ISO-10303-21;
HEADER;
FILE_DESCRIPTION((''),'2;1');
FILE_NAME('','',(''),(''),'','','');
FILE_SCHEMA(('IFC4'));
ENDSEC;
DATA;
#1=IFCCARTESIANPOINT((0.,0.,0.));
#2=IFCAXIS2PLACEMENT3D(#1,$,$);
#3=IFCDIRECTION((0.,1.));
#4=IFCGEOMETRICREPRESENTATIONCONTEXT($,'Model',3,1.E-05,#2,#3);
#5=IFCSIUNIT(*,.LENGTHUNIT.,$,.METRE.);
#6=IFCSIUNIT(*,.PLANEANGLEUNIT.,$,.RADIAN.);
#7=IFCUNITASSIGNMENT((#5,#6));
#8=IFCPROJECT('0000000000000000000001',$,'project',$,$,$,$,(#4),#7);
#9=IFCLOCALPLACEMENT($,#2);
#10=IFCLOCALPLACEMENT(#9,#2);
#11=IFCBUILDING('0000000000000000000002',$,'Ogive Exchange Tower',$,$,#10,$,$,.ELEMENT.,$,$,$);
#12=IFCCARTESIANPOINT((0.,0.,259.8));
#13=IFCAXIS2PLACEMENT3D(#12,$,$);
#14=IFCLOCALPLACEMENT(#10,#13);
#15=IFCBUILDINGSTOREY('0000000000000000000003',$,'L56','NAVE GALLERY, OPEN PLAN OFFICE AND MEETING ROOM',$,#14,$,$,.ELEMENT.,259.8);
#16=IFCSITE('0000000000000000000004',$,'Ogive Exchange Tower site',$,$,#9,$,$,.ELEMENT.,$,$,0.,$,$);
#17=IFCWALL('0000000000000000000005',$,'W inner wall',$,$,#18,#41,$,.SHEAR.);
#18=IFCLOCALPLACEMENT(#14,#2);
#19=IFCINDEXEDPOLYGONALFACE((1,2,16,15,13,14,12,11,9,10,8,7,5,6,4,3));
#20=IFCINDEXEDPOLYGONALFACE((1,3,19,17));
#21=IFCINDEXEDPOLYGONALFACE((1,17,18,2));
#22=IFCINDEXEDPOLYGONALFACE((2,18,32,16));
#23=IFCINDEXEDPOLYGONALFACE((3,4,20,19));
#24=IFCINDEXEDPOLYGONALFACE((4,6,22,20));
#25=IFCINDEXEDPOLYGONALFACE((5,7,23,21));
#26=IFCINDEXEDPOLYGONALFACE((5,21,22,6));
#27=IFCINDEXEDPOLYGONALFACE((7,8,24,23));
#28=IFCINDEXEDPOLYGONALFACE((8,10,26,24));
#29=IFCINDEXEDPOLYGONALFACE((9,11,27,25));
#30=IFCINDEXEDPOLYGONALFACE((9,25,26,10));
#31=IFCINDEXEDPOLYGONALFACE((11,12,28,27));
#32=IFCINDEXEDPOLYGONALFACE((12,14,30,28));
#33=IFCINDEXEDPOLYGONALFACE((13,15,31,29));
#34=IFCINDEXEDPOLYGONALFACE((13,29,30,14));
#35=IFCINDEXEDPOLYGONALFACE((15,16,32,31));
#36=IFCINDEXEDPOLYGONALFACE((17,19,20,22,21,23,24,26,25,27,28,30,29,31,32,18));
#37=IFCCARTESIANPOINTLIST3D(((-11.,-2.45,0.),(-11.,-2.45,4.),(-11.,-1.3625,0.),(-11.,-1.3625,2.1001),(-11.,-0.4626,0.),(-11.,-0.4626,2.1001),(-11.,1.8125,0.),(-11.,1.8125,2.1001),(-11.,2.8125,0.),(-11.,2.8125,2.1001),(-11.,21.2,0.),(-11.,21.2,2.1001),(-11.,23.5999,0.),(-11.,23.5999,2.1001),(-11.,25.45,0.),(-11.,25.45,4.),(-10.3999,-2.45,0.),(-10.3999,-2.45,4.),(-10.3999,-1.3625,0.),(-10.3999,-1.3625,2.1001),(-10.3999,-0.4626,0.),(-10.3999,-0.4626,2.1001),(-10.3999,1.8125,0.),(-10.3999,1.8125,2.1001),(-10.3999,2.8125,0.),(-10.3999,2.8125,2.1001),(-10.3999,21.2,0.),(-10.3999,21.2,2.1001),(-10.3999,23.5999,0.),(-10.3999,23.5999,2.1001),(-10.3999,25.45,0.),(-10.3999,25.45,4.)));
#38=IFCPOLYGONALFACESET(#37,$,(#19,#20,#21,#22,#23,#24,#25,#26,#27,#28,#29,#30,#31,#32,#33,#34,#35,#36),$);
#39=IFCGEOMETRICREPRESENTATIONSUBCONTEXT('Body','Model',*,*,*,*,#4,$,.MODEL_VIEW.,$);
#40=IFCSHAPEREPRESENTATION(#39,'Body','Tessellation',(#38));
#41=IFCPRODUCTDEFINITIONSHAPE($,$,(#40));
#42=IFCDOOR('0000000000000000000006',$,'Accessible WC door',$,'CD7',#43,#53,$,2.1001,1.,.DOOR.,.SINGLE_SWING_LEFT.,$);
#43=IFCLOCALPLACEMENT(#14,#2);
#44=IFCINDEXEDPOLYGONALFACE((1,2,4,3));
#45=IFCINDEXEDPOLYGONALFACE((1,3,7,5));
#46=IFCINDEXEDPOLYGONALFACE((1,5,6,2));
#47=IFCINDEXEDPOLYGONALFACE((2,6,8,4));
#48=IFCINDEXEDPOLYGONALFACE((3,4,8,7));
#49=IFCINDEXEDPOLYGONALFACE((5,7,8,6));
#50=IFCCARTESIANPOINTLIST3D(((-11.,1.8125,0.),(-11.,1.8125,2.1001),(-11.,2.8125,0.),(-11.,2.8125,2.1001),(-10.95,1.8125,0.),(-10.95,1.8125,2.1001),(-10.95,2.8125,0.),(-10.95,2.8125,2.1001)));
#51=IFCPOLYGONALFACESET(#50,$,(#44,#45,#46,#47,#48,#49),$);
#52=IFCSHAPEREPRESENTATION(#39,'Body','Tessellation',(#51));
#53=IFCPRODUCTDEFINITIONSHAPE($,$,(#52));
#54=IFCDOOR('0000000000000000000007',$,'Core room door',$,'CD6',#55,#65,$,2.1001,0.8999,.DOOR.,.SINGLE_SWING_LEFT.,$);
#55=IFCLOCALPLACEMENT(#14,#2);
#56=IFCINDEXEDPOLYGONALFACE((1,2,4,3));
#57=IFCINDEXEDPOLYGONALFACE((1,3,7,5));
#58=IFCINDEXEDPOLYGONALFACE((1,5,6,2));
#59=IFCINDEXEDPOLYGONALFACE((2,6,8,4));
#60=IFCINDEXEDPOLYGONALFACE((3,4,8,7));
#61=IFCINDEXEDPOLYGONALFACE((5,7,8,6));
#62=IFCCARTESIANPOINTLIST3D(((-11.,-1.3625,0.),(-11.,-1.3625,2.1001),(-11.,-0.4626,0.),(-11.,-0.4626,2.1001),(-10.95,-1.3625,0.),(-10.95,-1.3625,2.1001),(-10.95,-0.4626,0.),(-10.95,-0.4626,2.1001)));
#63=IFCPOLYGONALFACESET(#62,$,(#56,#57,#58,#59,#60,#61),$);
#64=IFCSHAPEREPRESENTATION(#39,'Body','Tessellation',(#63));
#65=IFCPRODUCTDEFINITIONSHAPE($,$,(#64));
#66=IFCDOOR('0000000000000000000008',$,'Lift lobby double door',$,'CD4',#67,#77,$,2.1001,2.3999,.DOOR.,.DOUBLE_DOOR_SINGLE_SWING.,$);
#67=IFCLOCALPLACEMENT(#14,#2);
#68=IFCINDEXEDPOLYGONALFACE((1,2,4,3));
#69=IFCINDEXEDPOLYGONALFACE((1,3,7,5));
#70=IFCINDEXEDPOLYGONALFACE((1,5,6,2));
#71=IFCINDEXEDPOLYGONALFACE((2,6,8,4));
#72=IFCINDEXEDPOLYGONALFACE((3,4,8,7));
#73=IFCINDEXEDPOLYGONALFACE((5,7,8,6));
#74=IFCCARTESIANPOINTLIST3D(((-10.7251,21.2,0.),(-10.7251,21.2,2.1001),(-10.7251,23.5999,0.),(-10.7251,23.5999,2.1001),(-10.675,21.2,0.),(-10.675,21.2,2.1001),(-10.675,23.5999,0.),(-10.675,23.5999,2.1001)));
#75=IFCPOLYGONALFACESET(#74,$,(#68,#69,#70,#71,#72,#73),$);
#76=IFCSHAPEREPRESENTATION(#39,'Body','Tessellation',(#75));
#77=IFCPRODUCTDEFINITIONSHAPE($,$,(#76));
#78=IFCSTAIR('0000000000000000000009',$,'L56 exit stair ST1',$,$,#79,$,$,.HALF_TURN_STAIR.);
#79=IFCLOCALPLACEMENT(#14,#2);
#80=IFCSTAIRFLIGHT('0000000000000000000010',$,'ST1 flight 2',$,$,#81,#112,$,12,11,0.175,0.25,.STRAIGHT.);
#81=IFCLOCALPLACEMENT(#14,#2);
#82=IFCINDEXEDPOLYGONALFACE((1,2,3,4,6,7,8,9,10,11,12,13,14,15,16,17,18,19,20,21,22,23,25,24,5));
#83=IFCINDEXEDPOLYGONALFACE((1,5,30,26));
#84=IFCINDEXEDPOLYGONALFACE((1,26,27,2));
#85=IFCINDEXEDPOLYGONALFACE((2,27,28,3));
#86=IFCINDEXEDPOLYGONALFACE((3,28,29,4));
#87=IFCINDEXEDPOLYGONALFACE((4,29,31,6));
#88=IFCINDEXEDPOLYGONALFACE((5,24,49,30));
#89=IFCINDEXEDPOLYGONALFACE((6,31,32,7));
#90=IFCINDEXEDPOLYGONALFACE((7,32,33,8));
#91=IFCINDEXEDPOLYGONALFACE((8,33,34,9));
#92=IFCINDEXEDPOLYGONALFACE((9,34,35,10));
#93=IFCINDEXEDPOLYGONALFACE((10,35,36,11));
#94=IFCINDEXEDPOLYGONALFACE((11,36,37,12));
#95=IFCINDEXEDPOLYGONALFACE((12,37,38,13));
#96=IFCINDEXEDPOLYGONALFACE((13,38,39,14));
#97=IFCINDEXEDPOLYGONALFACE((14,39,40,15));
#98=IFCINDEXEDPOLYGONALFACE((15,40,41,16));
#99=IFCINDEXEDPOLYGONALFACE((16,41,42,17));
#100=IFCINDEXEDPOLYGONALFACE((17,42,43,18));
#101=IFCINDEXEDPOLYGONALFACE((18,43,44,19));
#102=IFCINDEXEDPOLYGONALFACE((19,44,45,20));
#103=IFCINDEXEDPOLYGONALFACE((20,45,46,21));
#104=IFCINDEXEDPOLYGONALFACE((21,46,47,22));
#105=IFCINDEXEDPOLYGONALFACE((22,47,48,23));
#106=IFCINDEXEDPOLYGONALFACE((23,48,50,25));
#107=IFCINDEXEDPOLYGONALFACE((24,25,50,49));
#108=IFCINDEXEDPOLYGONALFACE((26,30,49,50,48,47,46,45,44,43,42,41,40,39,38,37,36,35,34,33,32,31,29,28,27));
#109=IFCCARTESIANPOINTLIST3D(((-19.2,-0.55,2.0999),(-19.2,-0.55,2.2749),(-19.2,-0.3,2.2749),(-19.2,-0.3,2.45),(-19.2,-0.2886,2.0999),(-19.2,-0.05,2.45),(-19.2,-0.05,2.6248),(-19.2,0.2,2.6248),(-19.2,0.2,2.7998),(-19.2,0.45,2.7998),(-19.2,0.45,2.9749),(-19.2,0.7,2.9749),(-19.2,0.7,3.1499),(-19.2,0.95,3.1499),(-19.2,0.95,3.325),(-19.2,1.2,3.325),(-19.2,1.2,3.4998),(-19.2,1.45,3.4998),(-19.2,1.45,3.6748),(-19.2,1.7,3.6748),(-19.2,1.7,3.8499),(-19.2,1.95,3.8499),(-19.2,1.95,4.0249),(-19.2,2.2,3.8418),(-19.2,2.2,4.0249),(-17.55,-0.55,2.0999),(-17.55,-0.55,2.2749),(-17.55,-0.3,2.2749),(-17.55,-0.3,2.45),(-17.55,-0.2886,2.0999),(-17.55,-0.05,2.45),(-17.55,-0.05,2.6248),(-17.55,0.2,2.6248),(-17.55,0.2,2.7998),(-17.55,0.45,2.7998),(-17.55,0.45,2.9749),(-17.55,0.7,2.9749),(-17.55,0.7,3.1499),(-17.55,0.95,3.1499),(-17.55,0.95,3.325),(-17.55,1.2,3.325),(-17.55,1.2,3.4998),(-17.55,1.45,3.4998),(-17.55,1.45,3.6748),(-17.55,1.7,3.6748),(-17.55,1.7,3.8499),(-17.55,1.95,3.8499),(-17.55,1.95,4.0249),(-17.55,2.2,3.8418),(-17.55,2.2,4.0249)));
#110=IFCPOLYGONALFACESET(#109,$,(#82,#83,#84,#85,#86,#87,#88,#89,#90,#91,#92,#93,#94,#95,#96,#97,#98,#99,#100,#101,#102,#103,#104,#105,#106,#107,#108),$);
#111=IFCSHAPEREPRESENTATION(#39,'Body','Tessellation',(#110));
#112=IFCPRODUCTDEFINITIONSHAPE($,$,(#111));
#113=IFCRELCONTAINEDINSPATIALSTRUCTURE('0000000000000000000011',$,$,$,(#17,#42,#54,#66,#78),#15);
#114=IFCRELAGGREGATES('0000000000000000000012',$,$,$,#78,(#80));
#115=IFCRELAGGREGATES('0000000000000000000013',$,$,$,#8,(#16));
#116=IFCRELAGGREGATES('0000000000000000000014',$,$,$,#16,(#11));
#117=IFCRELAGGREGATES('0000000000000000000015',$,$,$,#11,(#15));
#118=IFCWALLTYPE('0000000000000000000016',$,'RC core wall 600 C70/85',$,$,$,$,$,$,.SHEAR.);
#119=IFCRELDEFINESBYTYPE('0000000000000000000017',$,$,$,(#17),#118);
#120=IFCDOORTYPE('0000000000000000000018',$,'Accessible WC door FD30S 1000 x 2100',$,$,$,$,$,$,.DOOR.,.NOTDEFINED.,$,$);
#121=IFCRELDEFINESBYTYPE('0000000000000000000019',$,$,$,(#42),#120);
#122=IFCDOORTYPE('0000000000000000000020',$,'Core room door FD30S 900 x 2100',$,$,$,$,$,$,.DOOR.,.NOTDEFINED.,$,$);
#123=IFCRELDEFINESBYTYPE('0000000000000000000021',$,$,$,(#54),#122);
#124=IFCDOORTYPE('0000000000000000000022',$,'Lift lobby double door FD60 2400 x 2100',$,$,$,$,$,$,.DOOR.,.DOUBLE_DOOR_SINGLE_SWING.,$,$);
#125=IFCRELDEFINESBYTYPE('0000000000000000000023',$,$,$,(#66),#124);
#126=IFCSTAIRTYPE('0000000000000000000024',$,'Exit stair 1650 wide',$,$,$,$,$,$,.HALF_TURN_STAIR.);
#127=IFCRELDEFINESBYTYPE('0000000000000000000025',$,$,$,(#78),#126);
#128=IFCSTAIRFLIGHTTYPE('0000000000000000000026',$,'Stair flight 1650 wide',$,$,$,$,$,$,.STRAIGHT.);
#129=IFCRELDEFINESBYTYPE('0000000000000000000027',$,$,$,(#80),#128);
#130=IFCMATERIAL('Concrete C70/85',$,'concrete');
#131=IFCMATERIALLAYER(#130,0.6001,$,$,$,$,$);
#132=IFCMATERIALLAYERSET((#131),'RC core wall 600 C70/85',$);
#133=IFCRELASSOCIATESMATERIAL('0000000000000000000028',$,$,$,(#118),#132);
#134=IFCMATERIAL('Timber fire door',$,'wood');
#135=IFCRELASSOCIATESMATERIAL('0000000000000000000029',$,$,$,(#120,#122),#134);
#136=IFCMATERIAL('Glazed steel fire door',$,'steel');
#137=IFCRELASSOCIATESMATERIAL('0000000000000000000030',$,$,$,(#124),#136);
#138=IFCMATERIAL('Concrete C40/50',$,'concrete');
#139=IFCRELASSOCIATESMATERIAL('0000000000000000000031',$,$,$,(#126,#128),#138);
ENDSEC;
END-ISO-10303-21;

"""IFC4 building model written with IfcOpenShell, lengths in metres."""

from ifc_helpers import new_model, si_unit, direction, frame, frame_2d, origin, place, context, subcontext, project, spatial, polyline, rectangle, outline, extrude, material, layer, layer_set, type_object, element, fill, aggregate, save


model = new_model("IFC4")

# Units and contexts
model_context = context("Model", 3, precision=1e-05, world=origin(), true_north=direction((0.0, 1.0)))
body_context = subcontext(model_context, "Body", "Model", "MODEL_VIEW")
ifc_project = project(units=[si_unit("LENGTHUNIT", "METRE"), si_unit("PLANEANGLEUNIT", "RADIAN")], contexts=[model_context])

# Site, building, storey
site_placement = place(None, origin())
site = spatial("IfcSite", under=ifc_project, at=site_placement, Name="Ogive Exchange Tower site", CompositionType="ELEMENT", RefElevation=0.0)
building_placement = place(site_placement, origin())
building = spatial("IfcBuilding", under=site, at=building_placement, Name="Ogive Exchange Tower", CompositionType="ELEMENT")
storey_placement = place(building_placement, frame((0.0, 0.0, 259.8)))
storey = spatial("IfcBuildingStorey", under=building, at=storey_placement, Name="L56", Description="NAVE GALLERY, OPEN PLAN OFFICE AND MEETING ROOM", CompositionType="ELEMENT", Elevation=259.8)

# Shared definitions
ifc_material_1 = material(Name="Concrete C70/85", Category="concrete")

# Wall, openings, doors
ifc_layer_1 = layer(ifc_material_1, 0.6001)
ifc_layer_set_1 = layer_set([ifc_layer_1], Name="RC core wall 600 C70/85")
wall_type_1 = type_object("IfcWallType", Name="RC core wall 600 C70/85", PredefinedType="SHEAR", material=ifc_layer_set_1)
wall_1_placement = place(storey_placement, frame((-10.7, -2.45, 0.0), z_axis=(0.0, 0.0, 1.0), x_axis=(0.0, 1.0, 0.0)))
wall_1 = element("IfcWall", 1, at=wall_1_placement, inside=storey, type_object=wall_type_1, Name="W inner wall", PredefinedType="SHEAR", context=body_context, shape_type="SweptSolid", body=[
    extrude(rectangle(XDim=27.8999, YDim=0.6001, at=frame_2d((13.95, 0.0))), origin(), (0.0, 0.0, 1.0), 4.0),
])
opening_1_placement = place(wall_1_placement, frame((23.6499, 0.0, 0.0)))
opening_1 = element("IfcOpeningElement", 2, at=opening_1_placement, cuts=wall_1, PredefinedType="OPENING", context=body_context, shape_type="SweptSolid", body=[
    extrude(rectangle(XDim=2.3999, YDim=2.1001, at=frame_2d((1.2, 1.05))), frame((0.0, 0.3101, 0.0), z_axis=(0.0, -1.0, 0.0), x_axis=(1.0, 0.0, 0.0)), (0.0, 0.0, 1.0), 0.6201),
])
opening_2_placement = place(wall_1_placement, frame((1.0874, 0.0, 0.0)))
opening_2 = element("IfcOpeningElement", 3, at=opening_2_placement, cuts=wall_1, PredefinedType="OPENING", context=body_context, shape_type="SweptSolid", body=[
    extrude(rectangle(XDim=0.8999, YDim=2.1001, at=frame_2d((0.45, 1.05))), frame((0.0, 0.3101, 0.0), z_axis=(0.0, -1.0, 0.0), x_axis=(1.0, 0.0, 0.0)), (0.0, 0.0, 1.0), 0.6201),
])
opening_3_placement = place(wall_1_placement, frame((4.2625, 0.0, 0.0)))
opening_3 = element("IfcOpeningElement", 4, at=opening_3_placement, cuts=wall_1, PredefinedType="OPENING", context=body_context, shape_type="SweptSolid", body=[
    extrude(rectangle(XDim=1.0, YDim=2.1001, at=frame_2d((0.5, 1.05))), frame((0.0, 0.3101, 0.0), z_axis=(0.0, -1.0, 0.0), x_axis=(1.0, 0.0, 0.0)), (0.0, 0.0, 1.0), 0.6201),
])
ifc_material_2 = material(Name="Timber fire door", Category="wood")
door_type_1 = type_object("IfcDoorType", Name="Accessible WC door FD30S 1000 x 2100", OperationType="NOTDEFINED", PredefinedType="DOOR", material=ifc_material_2)
door_1_placement = place(opening_3_placement, frame((1.0, 0.5498, 0.0), z_axis=(0.0, 0.0, 1.0), x_axis=(-1.0, 0.0, 0.0)))
door_1 = element("IfcDoor", 5, at=door_1_placement, inside=storey, type_object=door_type_1, Name="Accessible WC door", ObjectType="CD7", OperationType="SINGLE_SWING_LEFT", OverallHeight=2.1001, OverallWidth=1.0, PredefinedType="DOOR", context=body_context, shape_type="SweptSolid", body=[
    extrude(rectangle(XDim=1.0, YDim=2.1001, at=frame_2d((0.5, 1.05))), frame((0.0, 0.2998, 0.0), z_axis=(0.0, -1.0, 0.0), x_axis=(1.0, 0.0, 0.0)), (0.0, 0.0, 1.0), 0.05),
])
fill(opening_3, door_1)
door_type_2 = type_object("IfcDoorType", Name="Core room door FD30S 900 x 2100", OperationType="NOTDEFINED", PredefinedType="DOOR", material=ifc_material_2)
door_2_placement = place(opening_2_placement, frame((0.8999, 0.5498, 0.0), z_axis=(0.0, 0.0, 1.0), x_axis=(-1.0, 0.0, 0.0)))
door_2 = element("IfcDoor", 6, at=door_2_placement, inside=storey, type_object=door_type_2, Name="Core room door", ObjectType="CD6", OperationType="SINGLE_SWING_LEFT", OverallHeight=2.1001, OverallWidth=0.8999, PredefinedType="DOOR", context=body_context, shape_type="SweptSolid", body=[
    extrude(rectangle(XDim=0.8999, YDim=2.1001, at=frame_2d((0.45, 1.05))), frame((0.0, 0.2998, 0.0), z_axis=(0.0, -1.0, 0.0), x_axis=(1.0, 0.0, 0.0)), (0.0, 0.0, 1.0), 0.05),
])
fill(opening_2, door_2)
ifc_material_3 = material(Name="Glazed steel fire door", Category="steel")
door_type_3 = type_object("IfcDoorType", Name="Lift lobby double door FD60 2400 x 2100", OperationType="DOUBLE_DOOR_SINGLE_SWING", PredefinedType="DOOR", material=ifc_material_3)
door_3_placement = place(opening_1_placement, frame((2.3999, 0.0, 0.0), z_axis=(0.0, 0.0, 1.0), x_axis=(-1.0, 0.0, 0.0)))
door_3 = element("IfcDoor", 7, at=door_3_placement, inside=storey, type_object=door_type_3, Name="Lift lobby double door", ObjectType="CD4", OperationType="DOUBLE_DOOR_SINGLE_SWING", OverallHeight=2.1001, OverallWidth=2.3999, PredefinedType="DOOR", context=body_context, shape_type="SweptSolid", body=[
    extrude(rectangle(XDim=2.3999, YDim=2.1001, at=frame_2d((1.2, 1.05))), frame((0.0, 0.0249, 0.0), z_axis=(0.0, -1.0, 0.0), x_axis=(1.0, 0.0, 0.0)), (0.0, 0.0, 1.0), 0.05),
])
fill(opening_1, door_3)

# Stair, stair flight
ifc_material_4 = material(Name="Concrete C40/50", Category="concrete")
stair_type = type_object("IfcStairType", Name="Exit stair 1650 wide", PredefinedType="HALF_TURN_STAIR", material=ifc_material_4)
stair_placement = place(storey_placement, origin())
stair = element("IfcStair", 8, at=stair_placement, inside=storey, type_object=stair_type, Name="L56 exit stair ST1", PredefinedType="HALF_TURN_STAIR")
stair_flight_type = type_object("IfcStairFlightType", Name="Stair flight 1650 wide", PredefinedType="STRAIGHT", material=ifc_material_4)
stair_flight_placement = place(storey_placement, frame((-18.375, -0.55, 2.0999), z_axis=(0.0, 0.0, 1.0), x_axis=(0.0, 1.0, 0.0)))
stair_flight = element("IfcStairFlight", 9, at=stair_flight_placement, type_object=stair_flight_type, Name="ST1 flight 2", NumberOfRisers=12, NumberOfTreads=11, PredefinedType="STRAIGHT", RiserHeight=0.175, TreadLength=0.25, context=body_context, shape_type="SweptSolid", body=[
    extrude(outline(polyline([(0.0, 0.0), (0.0, 0.175), (0.25, 0.175), (0.25, 0.3501), (0.5, 0.3501), (0.5, 0.5249), (0.75, 0.5249), (0.75, 0.7), (1.0, 0.7), (1.0, 0.875), (1.25, 0.875), (1.25, 1.05), (1.5, 1.05), (1.5, 1.2251), (1.75, 1.2251), (1.75, 1.3999), (2.0, 1.3999), (2.0, 1.575), (2.25, 1.575), (2.25, 1.75), (2.5, 1.75), (2.5, 1.925), (2.75, 1.925), (2.75, 2.1001), (2.75, 1.7419), (0.2615, 0.0), (0.0, 0.0)])), frame((0.0, 0.825, 0.0), z_axis=(0.0, -1.0, 0.0), x_axis=(1.0, 0.0, 0.0)), (0.0, 0.0, 1.0), 1.6499),
])
aggregate(stair, [stair_flight])

save(model, "model.ifc")
